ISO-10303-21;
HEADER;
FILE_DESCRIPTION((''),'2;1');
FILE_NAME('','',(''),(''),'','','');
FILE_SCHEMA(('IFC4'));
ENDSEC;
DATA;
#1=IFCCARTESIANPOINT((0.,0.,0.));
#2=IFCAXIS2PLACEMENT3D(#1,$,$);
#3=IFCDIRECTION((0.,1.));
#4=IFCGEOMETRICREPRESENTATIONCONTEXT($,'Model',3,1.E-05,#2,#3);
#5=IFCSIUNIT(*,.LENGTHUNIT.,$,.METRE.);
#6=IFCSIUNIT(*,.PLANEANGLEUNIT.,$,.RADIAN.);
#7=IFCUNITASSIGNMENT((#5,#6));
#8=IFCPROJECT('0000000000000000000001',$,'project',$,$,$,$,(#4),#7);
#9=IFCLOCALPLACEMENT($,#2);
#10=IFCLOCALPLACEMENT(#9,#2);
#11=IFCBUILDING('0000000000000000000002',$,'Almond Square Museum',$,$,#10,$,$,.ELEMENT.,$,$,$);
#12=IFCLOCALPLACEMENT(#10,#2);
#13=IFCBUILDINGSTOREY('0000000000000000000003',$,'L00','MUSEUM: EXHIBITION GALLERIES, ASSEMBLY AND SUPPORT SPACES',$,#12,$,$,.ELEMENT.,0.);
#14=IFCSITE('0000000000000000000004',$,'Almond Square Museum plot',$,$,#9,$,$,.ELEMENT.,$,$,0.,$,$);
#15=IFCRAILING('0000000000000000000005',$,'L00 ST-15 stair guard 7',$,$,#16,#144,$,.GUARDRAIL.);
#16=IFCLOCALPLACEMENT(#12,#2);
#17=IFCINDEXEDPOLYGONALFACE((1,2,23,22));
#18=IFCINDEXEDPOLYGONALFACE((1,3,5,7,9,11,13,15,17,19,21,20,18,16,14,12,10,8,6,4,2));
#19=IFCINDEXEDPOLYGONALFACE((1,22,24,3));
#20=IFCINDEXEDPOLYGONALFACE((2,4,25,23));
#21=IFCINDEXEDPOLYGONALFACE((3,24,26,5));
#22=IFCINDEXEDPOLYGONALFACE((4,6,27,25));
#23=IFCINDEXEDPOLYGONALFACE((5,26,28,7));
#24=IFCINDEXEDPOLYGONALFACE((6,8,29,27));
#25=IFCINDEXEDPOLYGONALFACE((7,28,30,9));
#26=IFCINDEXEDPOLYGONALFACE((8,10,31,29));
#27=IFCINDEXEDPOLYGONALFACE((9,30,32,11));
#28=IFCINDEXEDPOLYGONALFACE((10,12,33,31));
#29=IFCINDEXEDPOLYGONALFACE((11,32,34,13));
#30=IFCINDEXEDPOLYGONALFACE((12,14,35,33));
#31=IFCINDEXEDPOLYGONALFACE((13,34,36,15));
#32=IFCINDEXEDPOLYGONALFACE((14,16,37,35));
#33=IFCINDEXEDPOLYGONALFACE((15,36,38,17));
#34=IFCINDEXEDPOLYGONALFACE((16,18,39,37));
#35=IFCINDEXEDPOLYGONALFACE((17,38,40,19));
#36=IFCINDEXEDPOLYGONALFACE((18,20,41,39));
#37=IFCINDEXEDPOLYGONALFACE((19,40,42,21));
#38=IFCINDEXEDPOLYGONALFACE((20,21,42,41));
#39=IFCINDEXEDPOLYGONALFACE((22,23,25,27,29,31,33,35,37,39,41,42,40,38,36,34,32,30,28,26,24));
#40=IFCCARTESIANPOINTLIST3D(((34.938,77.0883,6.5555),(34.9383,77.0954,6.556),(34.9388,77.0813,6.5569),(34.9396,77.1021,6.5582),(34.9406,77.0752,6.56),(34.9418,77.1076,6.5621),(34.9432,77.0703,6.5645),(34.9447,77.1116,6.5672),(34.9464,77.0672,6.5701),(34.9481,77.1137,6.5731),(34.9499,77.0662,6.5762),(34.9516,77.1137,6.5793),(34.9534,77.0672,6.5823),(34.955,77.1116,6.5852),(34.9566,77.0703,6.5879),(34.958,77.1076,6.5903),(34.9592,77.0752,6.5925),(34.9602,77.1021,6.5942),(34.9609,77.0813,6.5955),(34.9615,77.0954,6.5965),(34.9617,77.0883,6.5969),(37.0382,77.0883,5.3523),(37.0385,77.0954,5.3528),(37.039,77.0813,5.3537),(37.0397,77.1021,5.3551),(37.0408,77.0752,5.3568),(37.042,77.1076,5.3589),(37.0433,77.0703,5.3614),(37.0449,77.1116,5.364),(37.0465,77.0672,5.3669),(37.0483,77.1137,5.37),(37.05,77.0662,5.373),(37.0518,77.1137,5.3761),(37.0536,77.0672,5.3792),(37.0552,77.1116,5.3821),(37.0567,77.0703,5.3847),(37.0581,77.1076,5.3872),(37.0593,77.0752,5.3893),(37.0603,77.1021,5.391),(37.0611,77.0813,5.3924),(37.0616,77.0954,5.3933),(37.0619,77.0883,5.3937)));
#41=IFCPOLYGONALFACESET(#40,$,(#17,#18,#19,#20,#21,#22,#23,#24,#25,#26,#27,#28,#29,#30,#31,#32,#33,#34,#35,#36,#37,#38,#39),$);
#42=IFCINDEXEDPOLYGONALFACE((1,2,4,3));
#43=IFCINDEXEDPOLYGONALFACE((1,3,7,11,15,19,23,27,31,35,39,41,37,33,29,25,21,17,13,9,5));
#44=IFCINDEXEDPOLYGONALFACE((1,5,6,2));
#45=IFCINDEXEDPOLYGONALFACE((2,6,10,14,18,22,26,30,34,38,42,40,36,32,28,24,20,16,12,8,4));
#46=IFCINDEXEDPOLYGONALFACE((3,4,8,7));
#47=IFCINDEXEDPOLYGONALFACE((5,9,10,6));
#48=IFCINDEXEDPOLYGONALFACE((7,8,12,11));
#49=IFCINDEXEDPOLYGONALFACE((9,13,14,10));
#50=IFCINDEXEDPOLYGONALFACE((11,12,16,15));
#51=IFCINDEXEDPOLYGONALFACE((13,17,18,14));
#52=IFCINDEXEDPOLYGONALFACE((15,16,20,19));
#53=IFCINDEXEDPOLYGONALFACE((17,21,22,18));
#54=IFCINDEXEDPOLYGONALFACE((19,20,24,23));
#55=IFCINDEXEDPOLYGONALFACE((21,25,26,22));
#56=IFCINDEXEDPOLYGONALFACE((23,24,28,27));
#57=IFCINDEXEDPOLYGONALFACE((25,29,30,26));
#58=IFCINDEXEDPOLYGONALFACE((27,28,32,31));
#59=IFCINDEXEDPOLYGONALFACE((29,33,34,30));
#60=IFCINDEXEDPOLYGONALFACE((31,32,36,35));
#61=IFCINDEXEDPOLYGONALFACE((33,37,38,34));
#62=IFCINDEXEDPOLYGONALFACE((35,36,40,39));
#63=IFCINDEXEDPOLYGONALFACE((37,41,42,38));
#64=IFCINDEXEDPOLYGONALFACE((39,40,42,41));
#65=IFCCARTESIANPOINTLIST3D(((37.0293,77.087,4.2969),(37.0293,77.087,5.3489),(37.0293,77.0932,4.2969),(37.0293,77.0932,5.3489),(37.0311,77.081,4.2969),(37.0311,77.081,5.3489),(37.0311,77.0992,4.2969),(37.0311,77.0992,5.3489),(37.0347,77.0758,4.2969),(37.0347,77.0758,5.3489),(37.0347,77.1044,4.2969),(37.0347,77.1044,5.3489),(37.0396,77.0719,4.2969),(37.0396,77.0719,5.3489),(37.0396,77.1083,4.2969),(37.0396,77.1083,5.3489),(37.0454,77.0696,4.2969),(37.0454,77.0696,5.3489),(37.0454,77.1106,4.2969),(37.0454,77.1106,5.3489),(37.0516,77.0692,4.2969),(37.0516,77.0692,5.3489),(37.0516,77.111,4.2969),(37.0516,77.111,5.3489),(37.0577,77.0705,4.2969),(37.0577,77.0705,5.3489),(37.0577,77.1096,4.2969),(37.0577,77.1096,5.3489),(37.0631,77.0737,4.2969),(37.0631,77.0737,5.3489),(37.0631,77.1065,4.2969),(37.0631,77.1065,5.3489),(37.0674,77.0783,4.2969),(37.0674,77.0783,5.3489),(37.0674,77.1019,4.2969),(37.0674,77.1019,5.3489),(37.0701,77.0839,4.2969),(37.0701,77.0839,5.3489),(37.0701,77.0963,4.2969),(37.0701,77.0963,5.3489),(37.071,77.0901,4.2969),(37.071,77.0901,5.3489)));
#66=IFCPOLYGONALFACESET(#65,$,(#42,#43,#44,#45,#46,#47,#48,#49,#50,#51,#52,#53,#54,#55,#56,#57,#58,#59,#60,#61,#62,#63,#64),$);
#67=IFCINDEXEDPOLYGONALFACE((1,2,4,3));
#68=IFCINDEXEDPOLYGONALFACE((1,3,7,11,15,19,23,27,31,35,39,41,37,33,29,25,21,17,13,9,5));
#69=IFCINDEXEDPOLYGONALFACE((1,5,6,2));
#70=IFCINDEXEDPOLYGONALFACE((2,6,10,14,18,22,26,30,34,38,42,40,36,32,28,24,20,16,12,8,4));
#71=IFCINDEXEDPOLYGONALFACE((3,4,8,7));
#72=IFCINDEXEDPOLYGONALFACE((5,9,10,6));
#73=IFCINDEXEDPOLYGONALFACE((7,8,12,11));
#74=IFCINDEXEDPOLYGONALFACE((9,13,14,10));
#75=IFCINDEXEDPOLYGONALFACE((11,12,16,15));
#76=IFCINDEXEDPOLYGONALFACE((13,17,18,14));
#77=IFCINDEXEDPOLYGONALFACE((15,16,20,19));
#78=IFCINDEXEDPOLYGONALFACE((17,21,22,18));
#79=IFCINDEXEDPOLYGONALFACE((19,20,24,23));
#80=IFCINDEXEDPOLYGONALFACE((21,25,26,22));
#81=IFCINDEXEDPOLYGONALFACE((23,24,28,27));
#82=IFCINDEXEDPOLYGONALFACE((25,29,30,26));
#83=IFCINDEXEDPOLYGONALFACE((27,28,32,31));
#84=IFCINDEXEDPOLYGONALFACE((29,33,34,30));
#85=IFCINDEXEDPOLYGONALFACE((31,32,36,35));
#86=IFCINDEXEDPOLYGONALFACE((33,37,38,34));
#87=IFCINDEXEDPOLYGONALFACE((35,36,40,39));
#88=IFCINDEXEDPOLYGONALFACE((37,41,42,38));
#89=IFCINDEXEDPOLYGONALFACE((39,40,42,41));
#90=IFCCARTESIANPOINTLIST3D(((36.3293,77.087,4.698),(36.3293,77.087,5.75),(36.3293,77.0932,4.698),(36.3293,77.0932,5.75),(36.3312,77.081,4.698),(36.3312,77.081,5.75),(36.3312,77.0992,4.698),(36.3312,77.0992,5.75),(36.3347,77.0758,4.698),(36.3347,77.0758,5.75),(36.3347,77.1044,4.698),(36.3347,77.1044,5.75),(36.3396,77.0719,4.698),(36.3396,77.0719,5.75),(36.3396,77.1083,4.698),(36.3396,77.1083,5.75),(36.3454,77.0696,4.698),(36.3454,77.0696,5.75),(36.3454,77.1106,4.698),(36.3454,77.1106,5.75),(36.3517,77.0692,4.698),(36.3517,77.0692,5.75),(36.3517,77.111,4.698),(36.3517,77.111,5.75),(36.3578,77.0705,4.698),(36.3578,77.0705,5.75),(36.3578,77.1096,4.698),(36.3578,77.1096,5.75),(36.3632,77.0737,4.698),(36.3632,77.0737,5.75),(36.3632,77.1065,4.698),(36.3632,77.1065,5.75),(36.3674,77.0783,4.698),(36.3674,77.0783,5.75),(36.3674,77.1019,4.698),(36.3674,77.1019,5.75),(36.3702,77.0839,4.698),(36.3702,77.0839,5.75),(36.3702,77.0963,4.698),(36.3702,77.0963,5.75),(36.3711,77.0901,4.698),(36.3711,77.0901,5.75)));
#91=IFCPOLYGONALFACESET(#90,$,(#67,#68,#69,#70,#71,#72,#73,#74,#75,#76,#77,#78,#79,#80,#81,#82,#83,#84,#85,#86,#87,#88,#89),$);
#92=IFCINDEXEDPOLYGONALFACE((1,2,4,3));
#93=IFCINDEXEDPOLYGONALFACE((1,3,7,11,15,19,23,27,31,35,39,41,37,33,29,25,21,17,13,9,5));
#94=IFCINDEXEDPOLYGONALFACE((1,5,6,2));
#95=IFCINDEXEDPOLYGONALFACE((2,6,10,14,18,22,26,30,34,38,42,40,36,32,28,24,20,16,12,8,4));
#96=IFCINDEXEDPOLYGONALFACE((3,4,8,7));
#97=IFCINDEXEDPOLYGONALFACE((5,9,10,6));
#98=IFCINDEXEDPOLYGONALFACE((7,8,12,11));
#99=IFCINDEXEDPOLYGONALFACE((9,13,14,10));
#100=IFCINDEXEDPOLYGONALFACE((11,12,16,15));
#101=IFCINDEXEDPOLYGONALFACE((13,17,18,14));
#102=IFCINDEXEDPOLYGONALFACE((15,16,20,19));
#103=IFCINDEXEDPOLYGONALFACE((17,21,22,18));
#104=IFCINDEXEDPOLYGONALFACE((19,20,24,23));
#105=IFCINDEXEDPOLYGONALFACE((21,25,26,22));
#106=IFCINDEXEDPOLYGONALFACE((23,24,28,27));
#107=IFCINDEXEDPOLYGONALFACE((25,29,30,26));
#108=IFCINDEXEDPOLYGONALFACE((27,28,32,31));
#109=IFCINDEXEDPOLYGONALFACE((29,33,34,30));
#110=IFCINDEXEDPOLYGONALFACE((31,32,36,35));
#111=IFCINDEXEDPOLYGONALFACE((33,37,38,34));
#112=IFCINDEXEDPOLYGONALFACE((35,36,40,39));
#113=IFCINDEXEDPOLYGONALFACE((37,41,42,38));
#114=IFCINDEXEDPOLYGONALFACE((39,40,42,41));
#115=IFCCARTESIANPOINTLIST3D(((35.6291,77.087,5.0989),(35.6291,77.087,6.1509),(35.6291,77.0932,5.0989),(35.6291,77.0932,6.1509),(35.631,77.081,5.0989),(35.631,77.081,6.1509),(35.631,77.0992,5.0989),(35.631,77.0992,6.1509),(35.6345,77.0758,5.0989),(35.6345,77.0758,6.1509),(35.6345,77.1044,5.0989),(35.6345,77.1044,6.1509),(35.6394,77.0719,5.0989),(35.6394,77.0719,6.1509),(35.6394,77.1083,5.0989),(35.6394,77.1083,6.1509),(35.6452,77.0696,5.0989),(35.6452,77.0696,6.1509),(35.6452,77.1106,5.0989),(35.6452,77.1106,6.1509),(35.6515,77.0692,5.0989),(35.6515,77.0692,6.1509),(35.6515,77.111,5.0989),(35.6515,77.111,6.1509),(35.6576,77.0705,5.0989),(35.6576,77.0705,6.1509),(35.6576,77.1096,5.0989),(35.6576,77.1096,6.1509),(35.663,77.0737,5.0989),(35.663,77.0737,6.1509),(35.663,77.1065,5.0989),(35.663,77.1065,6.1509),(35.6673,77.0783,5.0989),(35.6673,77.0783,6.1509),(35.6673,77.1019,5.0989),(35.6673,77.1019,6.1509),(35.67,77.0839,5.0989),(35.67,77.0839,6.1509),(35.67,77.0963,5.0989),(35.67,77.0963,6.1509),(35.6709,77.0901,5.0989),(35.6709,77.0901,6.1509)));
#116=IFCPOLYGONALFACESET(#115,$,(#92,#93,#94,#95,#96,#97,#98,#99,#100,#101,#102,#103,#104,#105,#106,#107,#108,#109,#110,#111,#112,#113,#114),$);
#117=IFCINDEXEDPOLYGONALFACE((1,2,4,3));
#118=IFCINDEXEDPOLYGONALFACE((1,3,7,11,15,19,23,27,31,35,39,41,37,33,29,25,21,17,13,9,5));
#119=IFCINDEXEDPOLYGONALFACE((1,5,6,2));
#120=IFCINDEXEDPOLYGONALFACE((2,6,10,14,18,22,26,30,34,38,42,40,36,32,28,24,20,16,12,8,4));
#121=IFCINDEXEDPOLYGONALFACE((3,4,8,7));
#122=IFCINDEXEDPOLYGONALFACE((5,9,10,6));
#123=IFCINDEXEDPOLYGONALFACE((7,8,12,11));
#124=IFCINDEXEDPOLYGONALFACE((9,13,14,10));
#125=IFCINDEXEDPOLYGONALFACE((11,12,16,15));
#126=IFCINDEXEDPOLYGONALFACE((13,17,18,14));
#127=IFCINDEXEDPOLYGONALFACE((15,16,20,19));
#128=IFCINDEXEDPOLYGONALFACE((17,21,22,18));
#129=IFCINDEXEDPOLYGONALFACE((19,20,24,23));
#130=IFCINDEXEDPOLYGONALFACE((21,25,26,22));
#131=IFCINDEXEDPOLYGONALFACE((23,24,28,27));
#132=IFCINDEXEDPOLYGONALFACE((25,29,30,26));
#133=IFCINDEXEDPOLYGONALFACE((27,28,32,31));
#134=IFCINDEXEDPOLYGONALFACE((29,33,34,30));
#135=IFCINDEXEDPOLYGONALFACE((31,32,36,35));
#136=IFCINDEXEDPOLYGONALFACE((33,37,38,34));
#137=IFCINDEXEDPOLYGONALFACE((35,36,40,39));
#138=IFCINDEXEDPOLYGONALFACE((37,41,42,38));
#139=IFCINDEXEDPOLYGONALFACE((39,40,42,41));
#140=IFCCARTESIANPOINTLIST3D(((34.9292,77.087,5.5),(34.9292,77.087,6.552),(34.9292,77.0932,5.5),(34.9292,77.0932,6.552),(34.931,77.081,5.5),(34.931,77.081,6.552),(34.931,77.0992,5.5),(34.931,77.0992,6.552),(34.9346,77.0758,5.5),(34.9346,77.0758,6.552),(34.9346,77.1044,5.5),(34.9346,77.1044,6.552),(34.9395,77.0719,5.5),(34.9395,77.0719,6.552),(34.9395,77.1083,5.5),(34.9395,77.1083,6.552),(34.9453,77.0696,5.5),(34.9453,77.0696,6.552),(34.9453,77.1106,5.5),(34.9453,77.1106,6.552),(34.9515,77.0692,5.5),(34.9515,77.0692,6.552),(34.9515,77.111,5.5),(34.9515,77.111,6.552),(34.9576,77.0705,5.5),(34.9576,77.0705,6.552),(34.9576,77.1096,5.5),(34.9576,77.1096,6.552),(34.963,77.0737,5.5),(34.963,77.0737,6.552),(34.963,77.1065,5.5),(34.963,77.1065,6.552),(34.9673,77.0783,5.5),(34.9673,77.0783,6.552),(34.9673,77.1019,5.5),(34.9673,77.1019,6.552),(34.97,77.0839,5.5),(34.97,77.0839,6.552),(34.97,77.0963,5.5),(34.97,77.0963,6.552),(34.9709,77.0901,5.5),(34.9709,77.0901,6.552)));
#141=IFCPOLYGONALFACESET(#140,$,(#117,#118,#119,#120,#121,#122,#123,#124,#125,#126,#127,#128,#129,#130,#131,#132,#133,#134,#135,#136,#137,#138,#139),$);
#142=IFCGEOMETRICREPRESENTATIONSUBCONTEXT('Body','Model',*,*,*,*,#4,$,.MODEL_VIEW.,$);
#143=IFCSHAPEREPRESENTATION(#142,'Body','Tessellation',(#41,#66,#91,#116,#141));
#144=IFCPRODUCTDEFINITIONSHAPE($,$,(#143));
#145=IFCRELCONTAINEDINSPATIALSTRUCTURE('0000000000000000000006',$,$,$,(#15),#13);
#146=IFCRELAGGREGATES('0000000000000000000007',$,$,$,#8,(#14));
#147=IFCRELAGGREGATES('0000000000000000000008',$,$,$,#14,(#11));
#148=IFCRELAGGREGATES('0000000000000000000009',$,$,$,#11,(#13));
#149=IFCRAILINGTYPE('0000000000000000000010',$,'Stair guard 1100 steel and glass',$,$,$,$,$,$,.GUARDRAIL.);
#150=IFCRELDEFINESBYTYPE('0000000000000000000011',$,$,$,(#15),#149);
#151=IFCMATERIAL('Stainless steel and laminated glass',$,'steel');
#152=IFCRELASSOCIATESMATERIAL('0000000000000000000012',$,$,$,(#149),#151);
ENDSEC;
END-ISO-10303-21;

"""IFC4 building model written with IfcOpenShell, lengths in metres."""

from ifc_helpers import new_model, si_unit, direction, frame, origin, origin_2d, place, context, subcontext, project, spatial, circle, extrude, material, type_object, element, save


model = new_model("IFC4")

# Units and contexts
model_context = context("Model", 3, precision=1e-05, world=origin(), true_north=direction((0.0, 1.0)))
body_context = subcontext(model_context, "Body", "Model", "MODEL_VIEW")
ifc_project = project(units=[si_unit("LENGTHUNIT", "METRE"), si_unit("PLANEANGLEUNIT", "RADIAN")], contexts=[model_context])

# Site, building, storey
site_placement = place(None, origin())
site = spatial("IfcSite", under=ifc_project, at=site_placement, Name="Almond Square Museum plot", CompositionType="ELEMENT", RefElevation=0.0)
building_placement = place(site_placement, origin())
building = spatial("IfcBuilding", under=site, at=building_placement, Name="Almond Square Museum", CompositionType="ELEMENT")
storey_placement = place(building_placement, origin())
storey = spatial("IfcBuildingStorey", under=building, at=storey_placement, Name="L00", Description="MUSEUM: EXHIBITION GALLERIES, ASSEMBLY AND SUPPORT SPACES", CompositionType="ELEMENT", Elevation=0.0)

# Railing
ifc_material_1 = material(Name="Stainless steel and laminated glass", Category="steel")
railing_type_1 = type_object("IfcRailingType", Name="Stair guard 1100 steel and glass", PredefinedType="GUARDRAIL", material=ifc_material_1)
railing_1_placement = place(storey_placement, frame((37.05, 77.0901, 4.2969)))
element("IfcRailing", 1, at=railing_1_placement, inside=storey, type_object=railing_type_1, Name="L00 ST-15 stair guard 7", PredefinedType="GUARDRAIL", context=body_context, shape_type="SweptSolid", body=[
    extrude(circle(Radius=0.0239, at=origin_2d()), frame((0.0, 0.0, 1.0762), z_axis=(-0.867696, 0.0, 0.497095), x_axis=(0.0, -1.0, 0.0)), (0.0, 0.0, 1.0), 2.4204),
    extrude(circle(Radius=0.021, at=origin_2d()), origin(), (0.0, 0.0, 1.0), 1.052),
    extrude(circle(Radius=0.021, at=origin_2d()), frame((-0.7, 0.0, 0.4011)), (0.0, 0.0, 1.0), 1.052),
    extrude(circle(Radius=0.021, at=origin_2d()), frame((-1.4001, 0.0, 0.802)), (0.0, 0.0, 1.0), 1.052),
    extrude(circle(Radius=0.021, at=origin_2d()), frame((-2.1001, 0.0, 1.2031)), (0.0, 0.0, 1.0), 1.052),
])

save(model, "model.ifc")
